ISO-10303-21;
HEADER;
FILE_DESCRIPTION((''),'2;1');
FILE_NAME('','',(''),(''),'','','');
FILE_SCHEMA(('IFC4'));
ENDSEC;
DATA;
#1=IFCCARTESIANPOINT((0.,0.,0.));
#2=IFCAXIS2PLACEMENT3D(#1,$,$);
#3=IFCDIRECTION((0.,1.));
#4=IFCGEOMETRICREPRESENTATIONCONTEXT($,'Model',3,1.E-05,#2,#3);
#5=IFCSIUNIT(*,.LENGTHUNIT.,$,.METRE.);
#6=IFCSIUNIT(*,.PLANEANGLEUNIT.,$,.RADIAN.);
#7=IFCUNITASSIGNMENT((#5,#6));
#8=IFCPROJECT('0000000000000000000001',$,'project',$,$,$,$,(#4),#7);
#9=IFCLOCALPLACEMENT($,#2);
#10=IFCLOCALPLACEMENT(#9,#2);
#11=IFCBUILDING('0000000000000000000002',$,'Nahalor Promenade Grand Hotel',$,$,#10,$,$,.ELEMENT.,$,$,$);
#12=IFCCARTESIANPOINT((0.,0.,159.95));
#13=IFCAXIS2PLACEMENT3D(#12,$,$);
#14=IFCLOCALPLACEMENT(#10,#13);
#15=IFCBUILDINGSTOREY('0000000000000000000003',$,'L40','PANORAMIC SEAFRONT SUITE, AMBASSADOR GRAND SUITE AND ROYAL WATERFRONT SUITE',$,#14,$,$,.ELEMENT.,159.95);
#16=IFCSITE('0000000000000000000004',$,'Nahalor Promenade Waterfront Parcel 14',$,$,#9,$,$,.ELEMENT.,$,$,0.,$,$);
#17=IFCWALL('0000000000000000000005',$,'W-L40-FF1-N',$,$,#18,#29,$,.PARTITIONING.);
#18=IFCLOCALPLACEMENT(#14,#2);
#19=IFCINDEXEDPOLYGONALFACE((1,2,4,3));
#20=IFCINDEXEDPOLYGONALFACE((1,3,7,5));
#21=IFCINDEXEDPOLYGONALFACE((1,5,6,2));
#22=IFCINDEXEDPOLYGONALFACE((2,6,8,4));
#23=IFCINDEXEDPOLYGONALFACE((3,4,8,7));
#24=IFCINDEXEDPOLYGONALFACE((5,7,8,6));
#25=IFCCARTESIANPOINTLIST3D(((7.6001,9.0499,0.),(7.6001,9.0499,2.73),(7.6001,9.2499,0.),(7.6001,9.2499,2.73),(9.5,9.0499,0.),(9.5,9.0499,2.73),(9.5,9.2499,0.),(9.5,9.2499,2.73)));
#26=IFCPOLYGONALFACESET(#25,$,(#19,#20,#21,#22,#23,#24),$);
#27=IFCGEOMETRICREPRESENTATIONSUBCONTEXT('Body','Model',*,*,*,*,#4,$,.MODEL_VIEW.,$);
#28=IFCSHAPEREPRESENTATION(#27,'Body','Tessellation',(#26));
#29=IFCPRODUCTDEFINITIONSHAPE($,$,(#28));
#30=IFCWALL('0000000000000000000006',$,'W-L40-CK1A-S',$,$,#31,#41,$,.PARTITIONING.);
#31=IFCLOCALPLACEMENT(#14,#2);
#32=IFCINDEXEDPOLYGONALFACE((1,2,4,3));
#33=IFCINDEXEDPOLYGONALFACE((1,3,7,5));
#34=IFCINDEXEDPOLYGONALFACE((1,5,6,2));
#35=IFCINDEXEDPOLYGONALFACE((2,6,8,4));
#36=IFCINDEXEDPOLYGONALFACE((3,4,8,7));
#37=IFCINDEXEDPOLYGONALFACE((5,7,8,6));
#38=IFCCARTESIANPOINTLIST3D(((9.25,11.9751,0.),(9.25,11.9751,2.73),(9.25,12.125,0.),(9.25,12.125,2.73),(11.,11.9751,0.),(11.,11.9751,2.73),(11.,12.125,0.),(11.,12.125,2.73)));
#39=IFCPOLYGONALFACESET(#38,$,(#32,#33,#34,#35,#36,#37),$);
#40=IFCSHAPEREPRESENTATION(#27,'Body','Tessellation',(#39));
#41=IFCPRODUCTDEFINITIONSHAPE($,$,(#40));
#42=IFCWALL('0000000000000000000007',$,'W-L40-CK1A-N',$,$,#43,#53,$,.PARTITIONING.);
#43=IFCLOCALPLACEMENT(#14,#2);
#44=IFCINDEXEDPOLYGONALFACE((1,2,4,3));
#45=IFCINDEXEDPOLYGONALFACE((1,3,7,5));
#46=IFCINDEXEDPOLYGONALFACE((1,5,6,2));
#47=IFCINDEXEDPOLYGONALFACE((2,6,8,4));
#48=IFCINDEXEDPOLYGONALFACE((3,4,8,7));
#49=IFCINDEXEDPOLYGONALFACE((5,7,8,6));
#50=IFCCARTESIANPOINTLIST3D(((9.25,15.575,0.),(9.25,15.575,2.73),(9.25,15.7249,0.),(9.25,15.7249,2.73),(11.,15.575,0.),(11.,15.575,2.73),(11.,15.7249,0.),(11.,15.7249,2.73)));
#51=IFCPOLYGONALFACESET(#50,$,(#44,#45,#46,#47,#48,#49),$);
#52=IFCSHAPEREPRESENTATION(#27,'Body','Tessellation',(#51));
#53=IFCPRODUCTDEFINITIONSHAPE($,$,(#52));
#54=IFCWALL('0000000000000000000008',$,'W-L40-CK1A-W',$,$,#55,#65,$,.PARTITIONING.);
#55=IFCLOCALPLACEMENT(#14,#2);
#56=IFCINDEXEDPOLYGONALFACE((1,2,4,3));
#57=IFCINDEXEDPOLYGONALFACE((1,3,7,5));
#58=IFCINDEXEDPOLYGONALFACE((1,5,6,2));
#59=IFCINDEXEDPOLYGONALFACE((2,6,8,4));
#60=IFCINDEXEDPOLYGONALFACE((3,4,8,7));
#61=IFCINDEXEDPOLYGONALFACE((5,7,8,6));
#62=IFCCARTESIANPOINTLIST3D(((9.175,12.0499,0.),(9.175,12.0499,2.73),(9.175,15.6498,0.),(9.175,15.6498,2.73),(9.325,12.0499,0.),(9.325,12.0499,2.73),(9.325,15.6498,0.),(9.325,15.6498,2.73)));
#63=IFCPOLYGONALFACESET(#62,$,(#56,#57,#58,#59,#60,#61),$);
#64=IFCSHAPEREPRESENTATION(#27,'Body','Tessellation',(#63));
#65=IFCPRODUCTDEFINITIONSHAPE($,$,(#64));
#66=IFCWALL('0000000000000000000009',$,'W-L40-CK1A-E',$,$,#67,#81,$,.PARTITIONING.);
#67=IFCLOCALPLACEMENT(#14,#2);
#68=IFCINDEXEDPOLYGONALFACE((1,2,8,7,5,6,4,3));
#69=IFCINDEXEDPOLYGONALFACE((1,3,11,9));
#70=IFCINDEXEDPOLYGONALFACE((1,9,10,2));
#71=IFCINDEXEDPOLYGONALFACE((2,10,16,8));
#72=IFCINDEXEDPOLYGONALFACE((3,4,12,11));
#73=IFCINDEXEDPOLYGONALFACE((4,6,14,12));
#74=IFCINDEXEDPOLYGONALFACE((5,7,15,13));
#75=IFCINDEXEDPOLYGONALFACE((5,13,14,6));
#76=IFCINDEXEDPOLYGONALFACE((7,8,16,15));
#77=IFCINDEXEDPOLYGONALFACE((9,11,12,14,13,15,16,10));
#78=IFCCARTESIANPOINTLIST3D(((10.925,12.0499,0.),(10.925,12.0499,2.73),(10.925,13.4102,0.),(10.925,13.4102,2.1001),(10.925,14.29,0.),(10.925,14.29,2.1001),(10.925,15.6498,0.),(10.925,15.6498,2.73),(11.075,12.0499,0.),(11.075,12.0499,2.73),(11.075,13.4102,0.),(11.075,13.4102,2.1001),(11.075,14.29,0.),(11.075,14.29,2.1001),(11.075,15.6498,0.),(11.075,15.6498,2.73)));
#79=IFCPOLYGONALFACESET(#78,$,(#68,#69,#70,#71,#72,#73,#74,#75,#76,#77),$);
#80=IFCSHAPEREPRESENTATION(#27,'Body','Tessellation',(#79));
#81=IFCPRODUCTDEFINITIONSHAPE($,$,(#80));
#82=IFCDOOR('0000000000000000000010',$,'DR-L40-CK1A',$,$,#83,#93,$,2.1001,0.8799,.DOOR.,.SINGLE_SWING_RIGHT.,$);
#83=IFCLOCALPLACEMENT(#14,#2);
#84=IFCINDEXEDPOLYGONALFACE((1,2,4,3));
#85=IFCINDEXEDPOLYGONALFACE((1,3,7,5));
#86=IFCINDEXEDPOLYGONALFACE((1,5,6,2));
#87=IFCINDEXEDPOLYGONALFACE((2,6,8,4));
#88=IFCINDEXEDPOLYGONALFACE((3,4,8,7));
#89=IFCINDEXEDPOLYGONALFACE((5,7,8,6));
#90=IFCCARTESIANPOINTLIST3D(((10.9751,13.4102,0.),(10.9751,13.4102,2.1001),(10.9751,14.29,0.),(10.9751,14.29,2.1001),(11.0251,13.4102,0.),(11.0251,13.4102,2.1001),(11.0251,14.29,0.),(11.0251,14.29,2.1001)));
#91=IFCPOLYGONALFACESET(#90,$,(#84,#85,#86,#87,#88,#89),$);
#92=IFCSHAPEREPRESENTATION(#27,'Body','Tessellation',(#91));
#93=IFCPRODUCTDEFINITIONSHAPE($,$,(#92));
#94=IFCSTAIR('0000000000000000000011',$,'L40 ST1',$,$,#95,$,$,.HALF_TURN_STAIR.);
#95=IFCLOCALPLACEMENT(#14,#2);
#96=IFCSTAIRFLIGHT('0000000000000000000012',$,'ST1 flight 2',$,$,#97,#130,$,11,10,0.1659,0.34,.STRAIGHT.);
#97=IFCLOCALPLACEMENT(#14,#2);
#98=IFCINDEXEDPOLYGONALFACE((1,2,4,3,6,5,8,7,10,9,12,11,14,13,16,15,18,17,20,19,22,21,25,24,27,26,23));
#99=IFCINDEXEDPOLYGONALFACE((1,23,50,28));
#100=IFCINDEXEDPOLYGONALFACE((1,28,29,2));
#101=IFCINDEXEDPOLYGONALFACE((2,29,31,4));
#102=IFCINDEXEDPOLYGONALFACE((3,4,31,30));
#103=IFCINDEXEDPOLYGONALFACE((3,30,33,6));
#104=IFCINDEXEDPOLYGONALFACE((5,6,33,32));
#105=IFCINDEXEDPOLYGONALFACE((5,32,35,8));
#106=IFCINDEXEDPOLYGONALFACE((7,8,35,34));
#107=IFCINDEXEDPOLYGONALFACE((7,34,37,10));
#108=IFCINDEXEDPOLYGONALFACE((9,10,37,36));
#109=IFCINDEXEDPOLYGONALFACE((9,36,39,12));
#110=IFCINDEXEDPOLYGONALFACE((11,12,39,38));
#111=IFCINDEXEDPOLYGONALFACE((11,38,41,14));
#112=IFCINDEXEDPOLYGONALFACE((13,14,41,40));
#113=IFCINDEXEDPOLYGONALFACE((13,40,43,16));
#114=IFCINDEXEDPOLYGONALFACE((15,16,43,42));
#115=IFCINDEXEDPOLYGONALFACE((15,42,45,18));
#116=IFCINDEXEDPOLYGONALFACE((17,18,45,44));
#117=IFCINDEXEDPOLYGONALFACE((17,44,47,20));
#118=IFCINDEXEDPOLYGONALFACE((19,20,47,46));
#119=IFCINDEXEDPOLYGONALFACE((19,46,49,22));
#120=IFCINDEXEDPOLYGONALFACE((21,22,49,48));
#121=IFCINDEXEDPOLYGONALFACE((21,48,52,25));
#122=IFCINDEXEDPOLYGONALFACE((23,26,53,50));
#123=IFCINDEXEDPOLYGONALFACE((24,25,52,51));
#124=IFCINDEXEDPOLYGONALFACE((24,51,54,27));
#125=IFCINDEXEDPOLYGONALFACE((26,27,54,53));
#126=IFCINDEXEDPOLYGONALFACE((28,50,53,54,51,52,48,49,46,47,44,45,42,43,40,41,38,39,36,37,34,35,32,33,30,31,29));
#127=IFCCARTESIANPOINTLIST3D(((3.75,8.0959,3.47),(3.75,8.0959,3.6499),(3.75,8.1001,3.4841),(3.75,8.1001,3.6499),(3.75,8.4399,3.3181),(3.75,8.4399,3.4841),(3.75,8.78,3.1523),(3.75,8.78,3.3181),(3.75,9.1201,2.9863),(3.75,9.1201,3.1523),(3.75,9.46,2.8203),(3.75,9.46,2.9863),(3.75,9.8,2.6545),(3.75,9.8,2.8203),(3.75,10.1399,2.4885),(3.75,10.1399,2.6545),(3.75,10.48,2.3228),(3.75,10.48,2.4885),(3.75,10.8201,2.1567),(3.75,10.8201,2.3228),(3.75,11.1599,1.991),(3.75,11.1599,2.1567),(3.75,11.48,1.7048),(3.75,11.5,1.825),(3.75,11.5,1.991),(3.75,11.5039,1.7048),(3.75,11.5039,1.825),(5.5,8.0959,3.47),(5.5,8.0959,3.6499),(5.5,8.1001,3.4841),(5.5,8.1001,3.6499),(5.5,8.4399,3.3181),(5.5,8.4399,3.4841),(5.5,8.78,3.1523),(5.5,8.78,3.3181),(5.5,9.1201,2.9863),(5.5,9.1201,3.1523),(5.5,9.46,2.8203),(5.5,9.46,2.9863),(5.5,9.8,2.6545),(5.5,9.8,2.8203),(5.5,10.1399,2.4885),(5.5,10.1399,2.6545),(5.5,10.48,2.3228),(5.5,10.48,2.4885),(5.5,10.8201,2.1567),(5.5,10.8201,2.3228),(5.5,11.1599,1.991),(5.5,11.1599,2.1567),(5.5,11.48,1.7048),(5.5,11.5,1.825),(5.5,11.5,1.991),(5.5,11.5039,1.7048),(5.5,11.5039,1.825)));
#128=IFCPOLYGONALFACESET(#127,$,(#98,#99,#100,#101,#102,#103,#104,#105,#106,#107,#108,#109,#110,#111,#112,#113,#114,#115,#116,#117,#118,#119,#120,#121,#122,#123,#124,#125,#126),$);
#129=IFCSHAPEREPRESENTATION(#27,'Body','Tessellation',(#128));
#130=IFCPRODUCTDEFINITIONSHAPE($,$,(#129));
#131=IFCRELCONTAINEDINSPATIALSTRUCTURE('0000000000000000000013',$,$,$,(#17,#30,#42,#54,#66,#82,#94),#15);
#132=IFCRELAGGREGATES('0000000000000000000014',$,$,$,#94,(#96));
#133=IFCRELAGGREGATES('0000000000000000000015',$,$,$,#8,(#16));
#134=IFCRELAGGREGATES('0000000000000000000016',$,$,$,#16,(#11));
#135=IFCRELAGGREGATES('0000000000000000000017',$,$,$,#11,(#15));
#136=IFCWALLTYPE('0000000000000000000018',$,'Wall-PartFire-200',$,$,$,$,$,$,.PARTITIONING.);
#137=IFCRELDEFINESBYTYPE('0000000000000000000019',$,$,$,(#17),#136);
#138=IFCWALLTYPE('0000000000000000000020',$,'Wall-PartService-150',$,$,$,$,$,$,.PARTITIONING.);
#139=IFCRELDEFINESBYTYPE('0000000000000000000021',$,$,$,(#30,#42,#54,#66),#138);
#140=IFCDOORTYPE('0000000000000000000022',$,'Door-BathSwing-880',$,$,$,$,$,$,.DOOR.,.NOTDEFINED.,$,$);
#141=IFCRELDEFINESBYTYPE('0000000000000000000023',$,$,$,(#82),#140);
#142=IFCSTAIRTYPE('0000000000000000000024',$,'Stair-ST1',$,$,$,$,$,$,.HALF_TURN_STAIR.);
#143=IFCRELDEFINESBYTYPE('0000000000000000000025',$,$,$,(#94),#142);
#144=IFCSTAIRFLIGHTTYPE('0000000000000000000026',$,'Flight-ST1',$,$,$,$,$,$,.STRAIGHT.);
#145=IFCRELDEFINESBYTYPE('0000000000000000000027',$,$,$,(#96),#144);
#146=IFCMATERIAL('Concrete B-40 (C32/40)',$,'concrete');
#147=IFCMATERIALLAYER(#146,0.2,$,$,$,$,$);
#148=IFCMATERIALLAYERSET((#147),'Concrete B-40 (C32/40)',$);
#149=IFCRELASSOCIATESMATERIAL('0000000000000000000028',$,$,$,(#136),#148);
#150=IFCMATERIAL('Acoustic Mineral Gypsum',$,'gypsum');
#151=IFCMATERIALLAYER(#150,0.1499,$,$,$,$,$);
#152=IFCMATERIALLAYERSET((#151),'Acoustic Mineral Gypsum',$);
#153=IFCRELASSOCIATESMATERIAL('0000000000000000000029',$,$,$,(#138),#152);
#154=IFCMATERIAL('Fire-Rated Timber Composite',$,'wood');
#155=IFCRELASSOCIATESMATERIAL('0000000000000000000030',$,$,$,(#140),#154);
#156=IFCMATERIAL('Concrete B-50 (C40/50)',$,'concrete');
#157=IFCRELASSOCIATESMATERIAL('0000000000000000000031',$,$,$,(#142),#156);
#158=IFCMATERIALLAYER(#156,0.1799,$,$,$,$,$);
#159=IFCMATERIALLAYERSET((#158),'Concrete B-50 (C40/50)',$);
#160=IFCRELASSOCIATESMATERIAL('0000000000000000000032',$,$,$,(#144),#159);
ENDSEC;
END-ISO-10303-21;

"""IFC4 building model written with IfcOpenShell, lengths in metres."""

from ifc_helpers import new_model, si_unit, direction, frame, frame_2d, origin, place, context, subcontext, project, spatial, polyline, rectangle, outline, extrude, source, transform, mapped, material, layer, layer_set, type_object, element, fill, aggregate, save


model = new_model("IFC4")

# Units and contexts
model_context = context("Model", 3, precision=1e-05, world=origin(), true_north=direction((0.0, 1.0)))
body_context = subcontext(model_context, "Body", "Model", "MODEL_VIEW")
ifc_project = project(units=[si_unit("LENGTHUNIT", "METRE"), si_unit("PLANEANGLEUNIT", "RADIAN")], contexts=[model_context])

# Site, building, storey
site_placement = place(None, origin())
site = spatial("IfcSite", under=ifc_project, at=site_placement, Name="Nahalor Promenade Waterfront Parcel 14", CompositionType="ELEMENT", RefElevation=0.0)
building_placement = place(site_placement, origin())
building = spatial("IfcBuilding", under=site, at=building_placement, Name="Nahalor Promenade Grand Hotel", CompositionType="ELEMENT")
storey_placement = place(building_placement, frame((0.0, 0.0, 159.95)))
storey = spatial("IfcBuildingStorey", under=building, at=storey_placement, Name="L40", Description="PANORAMIC SEAFRONT SUITE, AMBASSADOR GRAND SUITE AND ROYAL WATERFRONT SUITE", CompositionType="ELEMENT", Elevation=159.95)

# Shared definitions
ifc_material_1 = material(Name="Concrete B-50 (C40/50)", Category="concrete")

# Walls
ifc_material_2 = material(Name="Concrete B-40 (C32/40)", Category="concrete")
ifc_layer_1 = layer(ifc_material_2, 0.2)
ifc_layer_set_1 = layer_set([ifc_layer_1], Name="Concrete B-40 (C32/40)")
wall_type_1 = type_object("IfcWallType", Name="Wall-PartFire-200", PredefinedType="PARTITIONING", material=ifc_layer_set_1)
shared_shape_1 = source(origin(), body_context, "Body", "SweptSolid", [
    extrude(rectangle(XDim=1.8999, YDim=0.2, at=frame_2d((0.95, 0.0))), origin(), (0.0, 0.0, 1.0), 2.73),
])
wall_1_placement = place(storey_placement, frame((7.6001, 9.1499, 0.0), z_axis=(0.0, 0.0, 1.0), x_axis=(1.0, 0.0, 0.0)))
element("IfcWall", 1, at=wall_1_placement, inside=storey, type_object=wall_type_1, Name="W-L40-FF1-N", PredefinedType="PARTITIONING", context=body_context, shape_type="MappedRepresentation", body=[
    mapped(shared_shape_1, transform((0.0, 0.0, 0.0), scale=1.0)),
])
ifc_material_3 = material(Name="Acoustic Mineral Gypsum", Category="gypsum")
ifc_layer_2 = layer(ifc_material_3, 0.1499)
ifc_layer_set_2 = layer_set([ifc_layer_2], Name="Acoustic Mineral Gypsum")
wall_type_2 = type_object("IfcWallType", Name="Wall-PartService-150", PredefinedType="PARTITIONING", material=ifc_layer_set_2)
shared_shape_2 = source(origin(), body_context, "Body", "SweptSolid", [
    extrude(rectangle(XDim=1.75, YDim=0.1499, at=frame_2d((0.875, 0.0))), origin(), (0.0, 0.0, 1.0), 2.73),
])
for number, where, z_axis, x_axis, name in (
    (2, (9.25, 12.05, 0.0), (0.0, 0.0, 1.0), (1.0, 0.0, 0.0), "W-L40-CK1A-S"),
    (3, (9.25, 15.6499, 0.0), (0.0, 0.0, 1.0), (1.0, 0.0, 0.0), "W-L40-CK1A-N"),
):
    element("IfcWall", number, at=place(storey_placement, frame(where, z_axis=z_axis, x_axis=x_axis)), inside=storey, type_object=wall_type_2, Name=name, PredefinedType="PARTITIONING", context=body_context, shape_type="MappedRepresentation", body=[
        mapped(shared_shape_2, transform((0.0, 0.0, 0.0), scale=1.0)),
    ])
shared_shape_3 = source(origin(), body_context, "Body", "SweptSolid", [
    extrude(rectangle(XDim=3.5999, YDim=0.1499, at=frame_2d((1.7998, 0.0))), origin(), (0.0, 0.0, 1.0), 2.73),
])
wall_2_placement = place(storey_placement, frame((9.25, 12.05, 0.0), z_axis=(0.0, 0.0, 1.0), x_axis=(0.0, 1.0, 0.0)))
element("IfcWall", 4, at=wall_2_placement, inside=storey, type_object=wall_type_2, Name="W-L40-CK1A-W", PredefinedType="PARTITIONING", context=body_context, shape_type="MappedRepresentation", body=[
    mapped(shared_shape_3, transform((0.0, 0.0, 0.0), scale=1.0)),
])

# Wall, opening, door
wall_3_placement = place(storey_placement, frame((11.0, 12.05, 0.0), z_axis=(0.0, 0.0, 1.0), x_axis=(0.0, 1.0, 0.0)))
wall_3 = element("IfcWall", 5, at=wall_3_placement, inside=storey, type_object=wall_type_2, Name="W-L40-CK1A-E", PredefinedType="PARTITIONING", context=body_context, shape_type="MappedRepresentation", body=[
    mapped(shared_shape_3, transform((0.0, 0.0, 0.0), scale=1.0)),
])
opening_1_placement = place(wall_3_placement, frame((1.3601, 0.0, 0.0)))
opening_1 = element("IfcOpeningElement", 6, at=opening_1_placement, cuts=wall_3, PredefinedType="OPENING", context=body_context, shape_type="SweptSolid", body=[
    extrude(rectangle(XDim=0.8799, YDim=2.1001, at=frame_2d((0.4399, 1.05))), frame((0.0, 0.085, 0.0), z_axis=(0.0, -1.0, 0.0), x_axis=(1.0, 0.0, 0.0)), (0.0, 0.0, 1.0), 0.1699),
])
ifc_material_4 = material(Name="Fire-Rated Timber Composite", Category="wood")
door_type_1 = type_object("IfcDoorType", Name="Door-BathSwing-880", OperationType="NOTDEFINED", PredefinedType="DOOR", material=ifc_material_4)
shared_shape_4 = source(origin(), body_context, "Body", "SweptSolid", [
    extrude(rectangle(XDim=0.8799, YDim=2.1001, at=frame_2d((0.4399, 1.05))), frame((0.0, 0.0249, 0.0), z_axis=(0.0, -1.0, 0.0), x_axis=(1.0, 0.0, 0.0)), (0.0, 0.0, 1.0), 0.05),
])
door_1_placement = place(opening_1_placement, origin())
door_1 = element("IfcDoor", 7, at=door_1_placement, inside=storey, type_object=door_type_1, Name="DR-L40-CK1A", OperationType="SINGLE_SWING_RIGHT", OverallHeight=2.1001, OverallWidth=0.8799, PredefinedType="DOOR", context=body_context, shape_type="MappedRepresentation", body=[
    mapped(shared_shape_4, transform((0.0, 0.0, 0.0), scale=1.0)),
])
fill(opening_1, door_1)

# Stair, stair flight
stair_type = type_object("IfcStairType", Name="Stair-ST1", PredefinedType="HALF_TURN_STAIR", material=ifc_material_1)
stair_placement = place(storey_placement, origin())
stair = element("IfcStair", 8, at=stair_placement, inside=storey, type_object=stair_type, Name="L40 ST1", PredefinedType="HALF_TURN_STAIR")
ifc_layer_3 = layer(ifc_material_1, 0.1799)
ifc_layer_set_3 = layer_set([ifc_layer_3], Name="Concrete B-50 (C40/50)")
stair_flight_type = type_object("IfcStairFlightType", Name="Flight-ST1", PredefinedType="STRAIGHT", material=ifc_layer_set_3)
shared_shape_5 = source(origin(), body_context, "Body", "SweptSolid", [
    extrude(outline(polyline([(-0.0039, -0.1201), (-0.0039, 0.0), (0.0, 0.0), (0.0, 0.166), (0.3401, 0.166), (0.3401, 0.3318), (0.6799, 0.3318), (0.6799, 0.4978), (1.02, 0.4978), (1.02, 0.6636), (1.3601, 0.6636), (1.3601, 0.8296), (1.7, 0.8296), (1.7, 0.9954), (2.04, 0.9954), (2.04, 1.1614), (2.3799, 1.1614), (2.3799, 1.3274), (2.72, 1.3274), (2.72, 1.4932), (3.0601, 1.4932), (3.0601, 1.6592), (3.3999, 1.6592), (3.3999, 1.825), (3.4041, 1.825), (3.4041, 1.645), (0.02, -0.1201), (-0.0039, -0.1201)])), frame((0.0, 0.875, 0.0), z_axis=(0.0, -1.0, 0.0), x_axis=(1.0, 0.0, 0.0)), (0.0, 0.0, 1.0), 1.75),
])
stair_flight_placement = place(storey_placement, frame((4.625, 11.5, 1.825), z_axis=(0.0, 0.0, 1.0), x_axis=(0.0, -1.0, 0.0)))
stair_flight = element("IfcStairFlight", 9, at=stair_flight_placement, type_object=stair_flight_type, Name="ST1 flight 2", NumberOfRisers=11, NumberOfTreads=10, PredefinedType="STRAIGHT", RiserHeight=0.1659, TreadLength=0.34, context=body_context, shape_type="MappedRepresentation", body=[
    mapped(shared_shape_5, transform((0.0, 0.0, 0.0), scale=1.0)),
])
aggregate(stair, [stair_flight])

save(model, "model.ifc")
